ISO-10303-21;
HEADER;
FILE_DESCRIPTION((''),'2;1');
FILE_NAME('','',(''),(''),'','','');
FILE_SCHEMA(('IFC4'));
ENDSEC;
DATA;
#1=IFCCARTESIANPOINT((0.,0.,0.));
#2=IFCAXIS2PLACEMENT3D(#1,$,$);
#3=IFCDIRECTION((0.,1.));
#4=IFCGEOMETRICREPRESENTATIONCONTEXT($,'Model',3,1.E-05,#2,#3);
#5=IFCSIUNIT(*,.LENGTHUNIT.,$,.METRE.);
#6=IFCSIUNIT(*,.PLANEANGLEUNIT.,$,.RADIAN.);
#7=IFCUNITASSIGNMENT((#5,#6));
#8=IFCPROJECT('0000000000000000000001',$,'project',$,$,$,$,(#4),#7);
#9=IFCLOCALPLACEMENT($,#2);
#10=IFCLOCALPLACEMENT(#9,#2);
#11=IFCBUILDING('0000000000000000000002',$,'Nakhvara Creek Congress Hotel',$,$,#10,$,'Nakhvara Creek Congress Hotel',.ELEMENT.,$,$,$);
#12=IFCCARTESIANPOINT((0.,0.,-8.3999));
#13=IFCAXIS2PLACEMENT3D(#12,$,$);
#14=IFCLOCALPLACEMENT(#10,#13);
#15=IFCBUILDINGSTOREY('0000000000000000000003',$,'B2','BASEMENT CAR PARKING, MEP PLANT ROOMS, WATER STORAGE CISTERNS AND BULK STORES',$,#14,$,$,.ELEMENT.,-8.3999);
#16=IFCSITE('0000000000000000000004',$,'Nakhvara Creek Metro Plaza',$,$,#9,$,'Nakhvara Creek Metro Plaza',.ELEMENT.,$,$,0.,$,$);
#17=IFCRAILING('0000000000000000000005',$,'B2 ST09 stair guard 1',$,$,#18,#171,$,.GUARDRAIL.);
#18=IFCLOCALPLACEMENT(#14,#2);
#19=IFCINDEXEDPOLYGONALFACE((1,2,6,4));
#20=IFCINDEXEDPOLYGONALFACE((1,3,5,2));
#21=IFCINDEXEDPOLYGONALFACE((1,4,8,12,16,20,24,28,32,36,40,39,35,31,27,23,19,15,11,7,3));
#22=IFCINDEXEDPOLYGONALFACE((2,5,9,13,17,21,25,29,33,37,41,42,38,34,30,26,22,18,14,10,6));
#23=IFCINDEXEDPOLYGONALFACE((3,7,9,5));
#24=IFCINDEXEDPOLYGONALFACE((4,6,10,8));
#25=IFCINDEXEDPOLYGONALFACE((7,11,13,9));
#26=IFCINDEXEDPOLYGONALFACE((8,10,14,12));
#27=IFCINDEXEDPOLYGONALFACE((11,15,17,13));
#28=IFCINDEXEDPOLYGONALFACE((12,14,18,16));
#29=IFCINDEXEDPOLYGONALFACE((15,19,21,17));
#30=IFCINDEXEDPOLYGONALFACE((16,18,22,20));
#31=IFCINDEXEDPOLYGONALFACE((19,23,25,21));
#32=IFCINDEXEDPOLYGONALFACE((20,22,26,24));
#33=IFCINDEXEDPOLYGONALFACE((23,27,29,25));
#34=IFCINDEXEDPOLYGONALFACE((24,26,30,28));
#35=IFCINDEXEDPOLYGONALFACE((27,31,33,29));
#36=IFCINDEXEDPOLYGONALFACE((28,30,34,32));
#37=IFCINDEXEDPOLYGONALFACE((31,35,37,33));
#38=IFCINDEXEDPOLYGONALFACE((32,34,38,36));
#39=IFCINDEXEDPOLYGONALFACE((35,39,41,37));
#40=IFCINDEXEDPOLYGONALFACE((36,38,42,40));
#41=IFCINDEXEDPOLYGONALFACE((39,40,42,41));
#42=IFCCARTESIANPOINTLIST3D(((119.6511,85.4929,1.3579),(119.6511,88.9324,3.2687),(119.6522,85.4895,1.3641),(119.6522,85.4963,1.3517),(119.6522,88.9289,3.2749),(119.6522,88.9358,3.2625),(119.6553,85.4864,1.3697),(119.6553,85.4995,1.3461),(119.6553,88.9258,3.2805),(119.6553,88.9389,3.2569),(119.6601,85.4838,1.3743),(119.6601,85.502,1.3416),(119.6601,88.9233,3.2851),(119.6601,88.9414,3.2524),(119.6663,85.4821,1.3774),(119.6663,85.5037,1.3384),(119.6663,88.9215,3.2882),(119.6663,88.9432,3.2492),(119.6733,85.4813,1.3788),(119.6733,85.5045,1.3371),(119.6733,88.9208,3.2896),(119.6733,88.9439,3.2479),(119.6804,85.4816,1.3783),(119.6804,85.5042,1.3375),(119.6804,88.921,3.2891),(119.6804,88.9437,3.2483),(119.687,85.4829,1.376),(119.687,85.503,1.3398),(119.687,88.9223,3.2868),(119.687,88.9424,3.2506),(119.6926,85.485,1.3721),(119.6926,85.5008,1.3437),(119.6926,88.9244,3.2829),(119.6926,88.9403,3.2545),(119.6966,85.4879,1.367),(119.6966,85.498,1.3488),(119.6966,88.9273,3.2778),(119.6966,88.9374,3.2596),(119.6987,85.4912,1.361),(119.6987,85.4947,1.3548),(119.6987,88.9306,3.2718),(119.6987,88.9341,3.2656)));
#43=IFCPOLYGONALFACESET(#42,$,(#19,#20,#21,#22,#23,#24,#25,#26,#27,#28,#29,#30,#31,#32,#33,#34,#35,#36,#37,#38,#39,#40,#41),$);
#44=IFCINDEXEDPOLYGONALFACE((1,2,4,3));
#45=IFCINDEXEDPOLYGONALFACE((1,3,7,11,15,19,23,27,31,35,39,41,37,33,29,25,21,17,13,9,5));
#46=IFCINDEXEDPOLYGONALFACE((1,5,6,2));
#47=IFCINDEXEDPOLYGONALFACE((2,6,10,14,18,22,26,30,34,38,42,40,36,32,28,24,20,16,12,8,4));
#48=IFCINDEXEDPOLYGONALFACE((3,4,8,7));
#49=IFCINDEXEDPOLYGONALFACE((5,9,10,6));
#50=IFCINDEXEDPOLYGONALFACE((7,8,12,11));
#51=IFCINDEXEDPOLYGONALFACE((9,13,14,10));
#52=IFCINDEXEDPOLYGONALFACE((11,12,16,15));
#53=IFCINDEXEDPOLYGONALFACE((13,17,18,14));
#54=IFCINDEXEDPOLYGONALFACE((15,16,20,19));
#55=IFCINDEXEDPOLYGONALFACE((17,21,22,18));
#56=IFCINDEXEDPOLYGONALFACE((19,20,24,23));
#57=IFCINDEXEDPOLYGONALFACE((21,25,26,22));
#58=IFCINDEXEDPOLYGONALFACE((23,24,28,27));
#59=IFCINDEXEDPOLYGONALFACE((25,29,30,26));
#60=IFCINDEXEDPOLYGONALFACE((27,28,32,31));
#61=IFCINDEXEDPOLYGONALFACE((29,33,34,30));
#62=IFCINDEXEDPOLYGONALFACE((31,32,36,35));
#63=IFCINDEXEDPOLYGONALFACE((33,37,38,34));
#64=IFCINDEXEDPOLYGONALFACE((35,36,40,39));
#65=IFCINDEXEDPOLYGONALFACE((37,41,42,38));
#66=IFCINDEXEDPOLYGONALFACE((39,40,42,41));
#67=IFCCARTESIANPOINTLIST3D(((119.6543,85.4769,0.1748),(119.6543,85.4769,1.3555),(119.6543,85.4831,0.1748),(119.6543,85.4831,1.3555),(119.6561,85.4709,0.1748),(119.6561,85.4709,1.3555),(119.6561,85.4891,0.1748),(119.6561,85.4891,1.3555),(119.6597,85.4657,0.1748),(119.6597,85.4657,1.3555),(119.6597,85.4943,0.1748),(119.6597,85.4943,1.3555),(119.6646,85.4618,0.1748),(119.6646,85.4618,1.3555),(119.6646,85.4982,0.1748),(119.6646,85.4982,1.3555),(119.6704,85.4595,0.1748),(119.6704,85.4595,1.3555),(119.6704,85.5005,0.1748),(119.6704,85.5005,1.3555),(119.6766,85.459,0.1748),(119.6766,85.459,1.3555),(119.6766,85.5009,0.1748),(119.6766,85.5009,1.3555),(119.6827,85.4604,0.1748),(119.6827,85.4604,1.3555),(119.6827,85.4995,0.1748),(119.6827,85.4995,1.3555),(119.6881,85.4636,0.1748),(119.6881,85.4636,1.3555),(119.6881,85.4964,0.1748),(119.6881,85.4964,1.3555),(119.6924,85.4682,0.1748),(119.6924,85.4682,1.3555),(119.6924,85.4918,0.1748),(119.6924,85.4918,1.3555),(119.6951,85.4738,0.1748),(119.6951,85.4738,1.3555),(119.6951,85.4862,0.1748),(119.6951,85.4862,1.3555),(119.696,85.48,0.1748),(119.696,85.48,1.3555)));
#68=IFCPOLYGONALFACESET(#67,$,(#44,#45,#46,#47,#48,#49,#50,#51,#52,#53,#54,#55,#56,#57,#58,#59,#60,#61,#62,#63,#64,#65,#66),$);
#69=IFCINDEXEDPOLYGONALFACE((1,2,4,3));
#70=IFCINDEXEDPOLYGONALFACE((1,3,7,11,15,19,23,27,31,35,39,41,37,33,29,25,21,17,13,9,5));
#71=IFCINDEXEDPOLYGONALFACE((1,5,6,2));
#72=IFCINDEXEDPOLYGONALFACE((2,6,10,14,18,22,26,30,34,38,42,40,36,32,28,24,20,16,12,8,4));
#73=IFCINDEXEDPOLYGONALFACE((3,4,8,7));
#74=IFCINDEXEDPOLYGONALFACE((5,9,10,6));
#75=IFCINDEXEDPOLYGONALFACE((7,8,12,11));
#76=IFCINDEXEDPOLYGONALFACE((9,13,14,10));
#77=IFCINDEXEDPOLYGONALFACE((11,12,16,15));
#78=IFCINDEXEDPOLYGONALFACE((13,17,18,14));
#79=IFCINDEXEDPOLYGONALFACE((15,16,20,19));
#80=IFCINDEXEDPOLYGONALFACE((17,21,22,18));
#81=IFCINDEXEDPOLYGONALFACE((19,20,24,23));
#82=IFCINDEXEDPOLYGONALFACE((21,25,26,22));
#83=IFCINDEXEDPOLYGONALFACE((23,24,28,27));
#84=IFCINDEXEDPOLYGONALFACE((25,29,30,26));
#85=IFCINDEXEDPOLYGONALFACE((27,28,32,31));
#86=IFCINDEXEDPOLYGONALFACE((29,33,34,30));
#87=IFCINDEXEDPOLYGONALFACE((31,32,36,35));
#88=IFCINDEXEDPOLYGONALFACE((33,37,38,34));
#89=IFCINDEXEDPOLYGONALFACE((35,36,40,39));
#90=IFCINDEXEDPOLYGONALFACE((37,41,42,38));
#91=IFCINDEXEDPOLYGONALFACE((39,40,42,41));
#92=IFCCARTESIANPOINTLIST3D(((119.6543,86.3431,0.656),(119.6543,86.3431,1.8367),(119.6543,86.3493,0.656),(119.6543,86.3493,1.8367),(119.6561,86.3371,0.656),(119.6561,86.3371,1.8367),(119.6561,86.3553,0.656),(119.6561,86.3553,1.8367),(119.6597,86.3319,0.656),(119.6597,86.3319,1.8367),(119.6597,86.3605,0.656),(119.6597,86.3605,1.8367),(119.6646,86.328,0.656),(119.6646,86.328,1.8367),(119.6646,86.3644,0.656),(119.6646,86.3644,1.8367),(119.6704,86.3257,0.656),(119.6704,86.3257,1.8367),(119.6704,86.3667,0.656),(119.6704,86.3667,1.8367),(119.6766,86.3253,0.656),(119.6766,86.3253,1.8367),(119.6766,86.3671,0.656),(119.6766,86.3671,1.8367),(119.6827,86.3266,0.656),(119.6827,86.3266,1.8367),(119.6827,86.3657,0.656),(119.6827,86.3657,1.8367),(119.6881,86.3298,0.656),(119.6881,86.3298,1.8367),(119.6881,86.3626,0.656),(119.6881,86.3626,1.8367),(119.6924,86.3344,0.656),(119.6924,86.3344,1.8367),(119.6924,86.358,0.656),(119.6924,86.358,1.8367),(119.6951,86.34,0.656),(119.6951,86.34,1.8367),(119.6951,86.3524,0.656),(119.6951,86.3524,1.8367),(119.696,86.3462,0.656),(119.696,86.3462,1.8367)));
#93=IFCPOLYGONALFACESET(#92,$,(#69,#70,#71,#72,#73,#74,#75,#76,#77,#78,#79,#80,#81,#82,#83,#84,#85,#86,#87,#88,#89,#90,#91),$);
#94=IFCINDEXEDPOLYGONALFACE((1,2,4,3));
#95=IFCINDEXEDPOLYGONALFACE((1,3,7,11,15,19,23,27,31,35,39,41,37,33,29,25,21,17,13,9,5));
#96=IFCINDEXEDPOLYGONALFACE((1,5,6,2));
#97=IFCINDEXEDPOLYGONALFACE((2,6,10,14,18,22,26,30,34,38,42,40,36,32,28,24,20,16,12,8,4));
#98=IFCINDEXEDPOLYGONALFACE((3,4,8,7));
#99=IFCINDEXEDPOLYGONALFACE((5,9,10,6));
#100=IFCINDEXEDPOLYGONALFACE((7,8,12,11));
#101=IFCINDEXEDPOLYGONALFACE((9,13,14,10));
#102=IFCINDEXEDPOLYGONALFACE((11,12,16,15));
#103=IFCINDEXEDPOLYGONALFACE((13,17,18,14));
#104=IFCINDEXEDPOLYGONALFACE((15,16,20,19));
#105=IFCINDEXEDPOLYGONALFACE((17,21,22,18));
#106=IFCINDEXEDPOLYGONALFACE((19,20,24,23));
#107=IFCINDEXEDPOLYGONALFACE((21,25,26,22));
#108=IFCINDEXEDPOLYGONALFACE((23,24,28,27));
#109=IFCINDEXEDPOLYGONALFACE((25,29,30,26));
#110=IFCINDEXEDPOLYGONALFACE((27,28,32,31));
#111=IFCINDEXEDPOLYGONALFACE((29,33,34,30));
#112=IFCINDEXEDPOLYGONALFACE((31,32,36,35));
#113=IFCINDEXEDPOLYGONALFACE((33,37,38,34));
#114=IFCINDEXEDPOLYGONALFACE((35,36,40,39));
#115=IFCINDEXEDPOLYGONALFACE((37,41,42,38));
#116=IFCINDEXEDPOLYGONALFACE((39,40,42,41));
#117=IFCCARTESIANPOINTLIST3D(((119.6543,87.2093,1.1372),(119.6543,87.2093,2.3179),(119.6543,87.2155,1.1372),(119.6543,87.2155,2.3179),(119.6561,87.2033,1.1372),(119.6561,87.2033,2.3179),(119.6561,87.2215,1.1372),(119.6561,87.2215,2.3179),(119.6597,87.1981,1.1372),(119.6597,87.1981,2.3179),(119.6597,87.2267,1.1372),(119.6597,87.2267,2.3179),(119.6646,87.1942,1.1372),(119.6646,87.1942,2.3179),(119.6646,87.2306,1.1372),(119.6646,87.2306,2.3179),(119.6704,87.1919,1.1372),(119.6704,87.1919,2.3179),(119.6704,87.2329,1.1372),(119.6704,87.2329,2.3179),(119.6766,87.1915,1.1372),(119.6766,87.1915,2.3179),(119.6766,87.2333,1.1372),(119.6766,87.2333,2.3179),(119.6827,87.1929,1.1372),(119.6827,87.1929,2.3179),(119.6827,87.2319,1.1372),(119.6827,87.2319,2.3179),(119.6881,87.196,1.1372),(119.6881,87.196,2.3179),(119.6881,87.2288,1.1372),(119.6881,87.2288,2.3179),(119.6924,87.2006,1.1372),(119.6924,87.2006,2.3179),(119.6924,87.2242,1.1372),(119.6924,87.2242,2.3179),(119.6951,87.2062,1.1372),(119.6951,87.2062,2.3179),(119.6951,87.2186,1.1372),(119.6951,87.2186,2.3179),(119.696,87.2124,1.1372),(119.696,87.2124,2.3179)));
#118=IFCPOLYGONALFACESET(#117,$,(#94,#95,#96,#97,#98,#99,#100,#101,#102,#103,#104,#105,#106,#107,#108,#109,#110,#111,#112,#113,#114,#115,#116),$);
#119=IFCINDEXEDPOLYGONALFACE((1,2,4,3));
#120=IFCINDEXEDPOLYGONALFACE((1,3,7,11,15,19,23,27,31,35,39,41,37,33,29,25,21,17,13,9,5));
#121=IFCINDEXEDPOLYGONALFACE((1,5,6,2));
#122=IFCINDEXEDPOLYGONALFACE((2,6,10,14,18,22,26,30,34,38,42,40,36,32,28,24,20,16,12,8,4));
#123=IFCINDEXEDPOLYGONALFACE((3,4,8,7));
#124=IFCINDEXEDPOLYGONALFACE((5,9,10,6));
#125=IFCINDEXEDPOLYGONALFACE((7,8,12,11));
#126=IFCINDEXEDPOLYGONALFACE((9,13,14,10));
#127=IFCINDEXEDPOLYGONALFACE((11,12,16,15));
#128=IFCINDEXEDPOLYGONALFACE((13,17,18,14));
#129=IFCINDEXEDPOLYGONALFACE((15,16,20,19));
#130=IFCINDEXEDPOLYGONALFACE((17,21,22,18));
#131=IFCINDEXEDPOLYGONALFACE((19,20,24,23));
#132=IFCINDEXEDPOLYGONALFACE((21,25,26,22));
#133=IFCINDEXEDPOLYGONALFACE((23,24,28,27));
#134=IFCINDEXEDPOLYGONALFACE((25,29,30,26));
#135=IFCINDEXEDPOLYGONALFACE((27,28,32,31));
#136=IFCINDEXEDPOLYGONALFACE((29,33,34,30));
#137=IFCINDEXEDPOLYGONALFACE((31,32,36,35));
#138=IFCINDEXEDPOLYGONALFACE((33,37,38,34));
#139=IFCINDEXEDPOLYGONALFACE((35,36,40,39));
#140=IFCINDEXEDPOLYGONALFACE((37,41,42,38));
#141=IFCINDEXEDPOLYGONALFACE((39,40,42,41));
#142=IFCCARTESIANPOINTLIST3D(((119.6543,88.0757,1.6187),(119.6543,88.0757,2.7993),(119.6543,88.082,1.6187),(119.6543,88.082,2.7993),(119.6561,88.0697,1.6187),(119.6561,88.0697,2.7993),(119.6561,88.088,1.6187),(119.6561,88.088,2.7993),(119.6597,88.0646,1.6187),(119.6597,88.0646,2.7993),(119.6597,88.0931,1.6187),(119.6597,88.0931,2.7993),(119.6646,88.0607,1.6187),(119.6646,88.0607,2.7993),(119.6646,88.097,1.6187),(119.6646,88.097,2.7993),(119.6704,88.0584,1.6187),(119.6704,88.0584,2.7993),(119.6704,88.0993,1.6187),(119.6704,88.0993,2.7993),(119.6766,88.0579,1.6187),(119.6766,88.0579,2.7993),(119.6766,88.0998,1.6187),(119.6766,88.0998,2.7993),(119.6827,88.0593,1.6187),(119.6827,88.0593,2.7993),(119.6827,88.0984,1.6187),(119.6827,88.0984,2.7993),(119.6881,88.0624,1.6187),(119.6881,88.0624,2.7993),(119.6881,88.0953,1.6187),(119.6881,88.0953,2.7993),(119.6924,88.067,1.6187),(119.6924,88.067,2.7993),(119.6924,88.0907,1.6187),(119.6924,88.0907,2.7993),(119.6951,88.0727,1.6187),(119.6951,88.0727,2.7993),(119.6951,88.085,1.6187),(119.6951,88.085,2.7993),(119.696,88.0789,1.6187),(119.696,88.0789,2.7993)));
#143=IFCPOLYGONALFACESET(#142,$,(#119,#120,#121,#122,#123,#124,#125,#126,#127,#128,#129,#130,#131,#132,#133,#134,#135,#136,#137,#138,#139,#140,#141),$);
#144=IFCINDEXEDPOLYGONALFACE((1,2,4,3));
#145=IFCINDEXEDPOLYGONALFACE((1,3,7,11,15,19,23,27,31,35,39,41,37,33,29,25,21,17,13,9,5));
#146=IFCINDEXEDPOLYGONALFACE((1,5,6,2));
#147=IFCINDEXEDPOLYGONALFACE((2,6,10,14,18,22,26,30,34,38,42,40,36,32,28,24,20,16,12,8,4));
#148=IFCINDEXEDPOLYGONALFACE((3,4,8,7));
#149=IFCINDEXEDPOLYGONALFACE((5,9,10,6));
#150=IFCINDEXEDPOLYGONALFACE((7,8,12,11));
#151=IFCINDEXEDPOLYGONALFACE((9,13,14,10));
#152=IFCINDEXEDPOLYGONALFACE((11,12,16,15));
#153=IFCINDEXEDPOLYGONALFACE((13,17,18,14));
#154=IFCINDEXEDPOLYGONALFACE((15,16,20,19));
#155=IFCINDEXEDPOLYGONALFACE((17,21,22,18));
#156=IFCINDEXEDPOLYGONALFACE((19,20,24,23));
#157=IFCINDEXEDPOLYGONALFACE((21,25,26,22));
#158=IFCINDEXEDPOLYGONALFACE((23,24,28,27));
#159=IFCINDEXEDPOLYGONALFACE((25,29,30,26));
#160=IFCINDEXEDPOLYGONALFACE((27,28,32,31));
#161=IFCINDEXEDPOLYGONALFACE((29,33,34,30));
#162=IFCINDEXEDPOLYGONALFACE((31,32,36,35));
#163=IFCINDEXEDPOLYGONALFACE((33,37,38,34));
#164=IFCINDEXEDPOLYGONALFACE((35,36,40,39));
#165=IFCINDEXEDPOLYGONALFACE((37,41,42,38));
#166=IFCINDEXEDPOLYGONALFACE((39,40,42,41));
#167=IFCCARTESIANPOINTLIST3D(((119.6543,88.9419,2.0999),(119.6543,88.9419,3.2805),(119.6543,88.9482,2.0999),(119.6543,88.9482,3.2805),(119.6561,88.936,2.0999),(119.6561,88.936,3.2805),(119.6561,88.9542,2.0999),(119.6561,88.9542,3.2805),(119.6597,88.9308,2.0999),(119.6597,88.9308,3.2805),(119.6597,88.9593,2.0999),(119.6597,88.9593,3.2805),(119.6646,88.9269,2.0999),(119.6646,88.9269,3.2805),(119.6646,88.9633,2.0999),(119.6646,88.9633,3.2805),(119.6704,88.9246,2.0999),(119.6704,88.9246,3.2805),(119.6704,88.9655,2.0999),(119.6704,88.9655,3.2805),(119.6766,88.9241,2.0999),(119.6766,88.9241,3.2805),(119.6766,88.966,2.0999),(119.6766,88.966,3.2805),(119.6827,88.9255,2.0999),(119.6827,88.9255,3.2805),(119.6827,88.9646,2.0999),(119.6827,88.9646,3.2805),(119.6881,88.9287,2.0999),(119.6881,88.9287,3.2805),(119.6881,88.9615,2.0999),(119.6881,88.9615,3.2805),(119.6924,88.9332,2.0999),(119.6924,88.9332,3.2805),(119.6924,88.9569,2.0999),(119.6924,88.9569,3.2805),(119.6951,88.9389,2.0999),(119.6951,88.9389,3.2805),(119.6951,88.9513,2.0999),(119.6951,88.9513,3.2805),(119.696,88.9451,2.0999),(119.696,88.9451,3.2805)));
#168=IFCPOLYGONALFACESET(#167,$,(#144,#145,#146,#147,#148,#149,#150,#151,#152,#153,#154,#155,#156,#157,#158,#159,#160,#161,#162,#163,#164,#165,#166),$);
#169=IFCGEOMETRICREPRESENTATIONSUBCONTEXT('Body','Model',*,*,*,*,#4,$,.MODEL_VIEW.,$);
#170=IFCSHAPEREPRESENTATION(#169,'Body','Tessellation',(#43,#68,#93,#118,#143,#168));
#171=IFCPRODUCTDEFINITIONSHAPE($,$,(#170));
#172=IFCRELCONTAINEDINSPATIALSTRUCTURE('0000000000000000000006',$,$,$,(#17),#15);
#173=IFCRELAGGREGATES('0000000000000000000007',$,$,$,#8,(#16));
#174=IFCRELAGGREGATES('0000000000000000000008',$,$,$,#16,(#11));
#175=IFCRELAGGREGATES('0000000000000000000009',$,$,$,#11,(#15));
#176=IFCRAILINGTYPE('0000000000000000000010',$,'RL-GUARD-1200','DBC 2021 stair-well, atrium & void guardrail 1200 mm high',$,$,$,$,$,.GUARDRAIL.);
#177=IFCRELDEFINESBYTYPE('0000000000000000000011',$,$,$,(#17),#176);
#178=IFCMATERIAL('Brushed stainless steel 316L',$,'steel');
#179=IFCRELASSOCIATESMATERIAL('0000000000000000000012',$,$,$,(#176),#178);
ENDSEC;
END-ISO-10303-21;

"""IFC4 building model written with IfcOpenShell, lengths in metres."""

from ifc_helpers import new_model, si_unit, direction, frame, origin, origin_2d, place, context, subcontext, project, spatial, circle, extrude, material, type_object, element, save


model = new_model("IFC4")

# Units and contexts
model_context = context("Model", 3, precision=1e-05, world=origin(), true_north=direction((0.0, 1.0)))
body_context = subcontext(model_context, "Body", "Model", "MODEL_VIEW")
ifc_project = project(units=[si_unit("LENGTHUNIT", "METRE"), si_unit("PLANEANGLEUNIT", "RADIAN")], contexts=[model_context])

# Site, building, storey
site_placement = place(None, origin())
site = spatial("IfcSite", under=ifc_project, at=site_placement, Name="Nakhvara Creek Metro Plaza", LongName="Nakhvara Creek Metro Plaza", CompositionType="ELEMENT", RefElevation=0.0)
building_placement = place(site_placement, origin())
building = spatial("IfcBuilding", under=site, at=building_placement, Name="Nakhvara Creek Congress Hotel", LongName="Nakhvara Creek Congress Hotel", CompositionType="ELEMENT")
storey_placement = place(building_placement, frame((0.0, 0.0, -8.3999)))
storey = spatial("IfcBuildingStorey", under=building, at=storey_placement, Name="B2", Description="BASEMENT CAR PARKING, MEP PLANT ROOMS, WATER STORAGE CISTERNS AND BULK STORES", CompositionType="ELEMENT", Elevation=-8.3999)

# Railing
ifc_material_1 = material(Name="Brushed stainless steel 316L", Category="steel")
railing_type_1 = type_object("IfcRailingType", Name="RL-GUARD-1200", Description="DBC 2021 stair-well, atrium & void guardrail 1200 mm high", PredefinedType="GUARDRAIL", material=ifc_material_1)
railing_1_placement = place(storey_placement, frame((119.675, 85.48, 0.1748)))
element("IfcRailing", 1, at=railing_1_placement, inside=storey, type_object=railing_type_1, Name="B2 ST09 stair guard 1", PredefinedType="GUARDRAIL", context=body_context, shape_type="SweptSolid", body=[
    extrude(circle(Radius=0.0239, at=origin_2d()), frame((0.0, 0.0129, 1.1831), z_axis=(0.0, 0.874157, 0.485643), x_axis=(-1.0, 0.0, 0.0)), (0.0, 0.0, 1.0), 3.9346),
    extrude(circle(Radius=0.021, at=origin_2d()), origin(), (0.0, 0.0, 1.0), 1.1807),
    extrude(circle(Radius=0.021, at=origin_2d()), frame((0.0, 0.8662, 0.4812)), (0.0, 0.0, 1.0), 1.1807),
    extrude(circle(Radius=0.021, at=origin_2d()), frame((0.0, 1.7324, 0.9624)), (0.0, 0.0, 1.0), 1.1807),
    extrude(circle(Radius=0.021, at=origin_2d()), frame((0.0, 2.5989, 1.4438)), (0.0, 0.0, 1.0), 1.1807),
    extrude(circle(Radius=0.021, at=origin_2d()), frame((0.0, 3.4651, 1.925)), (0.0, 0.0, 1.0), 1.1807),
])

save(model, "model.ifc")
